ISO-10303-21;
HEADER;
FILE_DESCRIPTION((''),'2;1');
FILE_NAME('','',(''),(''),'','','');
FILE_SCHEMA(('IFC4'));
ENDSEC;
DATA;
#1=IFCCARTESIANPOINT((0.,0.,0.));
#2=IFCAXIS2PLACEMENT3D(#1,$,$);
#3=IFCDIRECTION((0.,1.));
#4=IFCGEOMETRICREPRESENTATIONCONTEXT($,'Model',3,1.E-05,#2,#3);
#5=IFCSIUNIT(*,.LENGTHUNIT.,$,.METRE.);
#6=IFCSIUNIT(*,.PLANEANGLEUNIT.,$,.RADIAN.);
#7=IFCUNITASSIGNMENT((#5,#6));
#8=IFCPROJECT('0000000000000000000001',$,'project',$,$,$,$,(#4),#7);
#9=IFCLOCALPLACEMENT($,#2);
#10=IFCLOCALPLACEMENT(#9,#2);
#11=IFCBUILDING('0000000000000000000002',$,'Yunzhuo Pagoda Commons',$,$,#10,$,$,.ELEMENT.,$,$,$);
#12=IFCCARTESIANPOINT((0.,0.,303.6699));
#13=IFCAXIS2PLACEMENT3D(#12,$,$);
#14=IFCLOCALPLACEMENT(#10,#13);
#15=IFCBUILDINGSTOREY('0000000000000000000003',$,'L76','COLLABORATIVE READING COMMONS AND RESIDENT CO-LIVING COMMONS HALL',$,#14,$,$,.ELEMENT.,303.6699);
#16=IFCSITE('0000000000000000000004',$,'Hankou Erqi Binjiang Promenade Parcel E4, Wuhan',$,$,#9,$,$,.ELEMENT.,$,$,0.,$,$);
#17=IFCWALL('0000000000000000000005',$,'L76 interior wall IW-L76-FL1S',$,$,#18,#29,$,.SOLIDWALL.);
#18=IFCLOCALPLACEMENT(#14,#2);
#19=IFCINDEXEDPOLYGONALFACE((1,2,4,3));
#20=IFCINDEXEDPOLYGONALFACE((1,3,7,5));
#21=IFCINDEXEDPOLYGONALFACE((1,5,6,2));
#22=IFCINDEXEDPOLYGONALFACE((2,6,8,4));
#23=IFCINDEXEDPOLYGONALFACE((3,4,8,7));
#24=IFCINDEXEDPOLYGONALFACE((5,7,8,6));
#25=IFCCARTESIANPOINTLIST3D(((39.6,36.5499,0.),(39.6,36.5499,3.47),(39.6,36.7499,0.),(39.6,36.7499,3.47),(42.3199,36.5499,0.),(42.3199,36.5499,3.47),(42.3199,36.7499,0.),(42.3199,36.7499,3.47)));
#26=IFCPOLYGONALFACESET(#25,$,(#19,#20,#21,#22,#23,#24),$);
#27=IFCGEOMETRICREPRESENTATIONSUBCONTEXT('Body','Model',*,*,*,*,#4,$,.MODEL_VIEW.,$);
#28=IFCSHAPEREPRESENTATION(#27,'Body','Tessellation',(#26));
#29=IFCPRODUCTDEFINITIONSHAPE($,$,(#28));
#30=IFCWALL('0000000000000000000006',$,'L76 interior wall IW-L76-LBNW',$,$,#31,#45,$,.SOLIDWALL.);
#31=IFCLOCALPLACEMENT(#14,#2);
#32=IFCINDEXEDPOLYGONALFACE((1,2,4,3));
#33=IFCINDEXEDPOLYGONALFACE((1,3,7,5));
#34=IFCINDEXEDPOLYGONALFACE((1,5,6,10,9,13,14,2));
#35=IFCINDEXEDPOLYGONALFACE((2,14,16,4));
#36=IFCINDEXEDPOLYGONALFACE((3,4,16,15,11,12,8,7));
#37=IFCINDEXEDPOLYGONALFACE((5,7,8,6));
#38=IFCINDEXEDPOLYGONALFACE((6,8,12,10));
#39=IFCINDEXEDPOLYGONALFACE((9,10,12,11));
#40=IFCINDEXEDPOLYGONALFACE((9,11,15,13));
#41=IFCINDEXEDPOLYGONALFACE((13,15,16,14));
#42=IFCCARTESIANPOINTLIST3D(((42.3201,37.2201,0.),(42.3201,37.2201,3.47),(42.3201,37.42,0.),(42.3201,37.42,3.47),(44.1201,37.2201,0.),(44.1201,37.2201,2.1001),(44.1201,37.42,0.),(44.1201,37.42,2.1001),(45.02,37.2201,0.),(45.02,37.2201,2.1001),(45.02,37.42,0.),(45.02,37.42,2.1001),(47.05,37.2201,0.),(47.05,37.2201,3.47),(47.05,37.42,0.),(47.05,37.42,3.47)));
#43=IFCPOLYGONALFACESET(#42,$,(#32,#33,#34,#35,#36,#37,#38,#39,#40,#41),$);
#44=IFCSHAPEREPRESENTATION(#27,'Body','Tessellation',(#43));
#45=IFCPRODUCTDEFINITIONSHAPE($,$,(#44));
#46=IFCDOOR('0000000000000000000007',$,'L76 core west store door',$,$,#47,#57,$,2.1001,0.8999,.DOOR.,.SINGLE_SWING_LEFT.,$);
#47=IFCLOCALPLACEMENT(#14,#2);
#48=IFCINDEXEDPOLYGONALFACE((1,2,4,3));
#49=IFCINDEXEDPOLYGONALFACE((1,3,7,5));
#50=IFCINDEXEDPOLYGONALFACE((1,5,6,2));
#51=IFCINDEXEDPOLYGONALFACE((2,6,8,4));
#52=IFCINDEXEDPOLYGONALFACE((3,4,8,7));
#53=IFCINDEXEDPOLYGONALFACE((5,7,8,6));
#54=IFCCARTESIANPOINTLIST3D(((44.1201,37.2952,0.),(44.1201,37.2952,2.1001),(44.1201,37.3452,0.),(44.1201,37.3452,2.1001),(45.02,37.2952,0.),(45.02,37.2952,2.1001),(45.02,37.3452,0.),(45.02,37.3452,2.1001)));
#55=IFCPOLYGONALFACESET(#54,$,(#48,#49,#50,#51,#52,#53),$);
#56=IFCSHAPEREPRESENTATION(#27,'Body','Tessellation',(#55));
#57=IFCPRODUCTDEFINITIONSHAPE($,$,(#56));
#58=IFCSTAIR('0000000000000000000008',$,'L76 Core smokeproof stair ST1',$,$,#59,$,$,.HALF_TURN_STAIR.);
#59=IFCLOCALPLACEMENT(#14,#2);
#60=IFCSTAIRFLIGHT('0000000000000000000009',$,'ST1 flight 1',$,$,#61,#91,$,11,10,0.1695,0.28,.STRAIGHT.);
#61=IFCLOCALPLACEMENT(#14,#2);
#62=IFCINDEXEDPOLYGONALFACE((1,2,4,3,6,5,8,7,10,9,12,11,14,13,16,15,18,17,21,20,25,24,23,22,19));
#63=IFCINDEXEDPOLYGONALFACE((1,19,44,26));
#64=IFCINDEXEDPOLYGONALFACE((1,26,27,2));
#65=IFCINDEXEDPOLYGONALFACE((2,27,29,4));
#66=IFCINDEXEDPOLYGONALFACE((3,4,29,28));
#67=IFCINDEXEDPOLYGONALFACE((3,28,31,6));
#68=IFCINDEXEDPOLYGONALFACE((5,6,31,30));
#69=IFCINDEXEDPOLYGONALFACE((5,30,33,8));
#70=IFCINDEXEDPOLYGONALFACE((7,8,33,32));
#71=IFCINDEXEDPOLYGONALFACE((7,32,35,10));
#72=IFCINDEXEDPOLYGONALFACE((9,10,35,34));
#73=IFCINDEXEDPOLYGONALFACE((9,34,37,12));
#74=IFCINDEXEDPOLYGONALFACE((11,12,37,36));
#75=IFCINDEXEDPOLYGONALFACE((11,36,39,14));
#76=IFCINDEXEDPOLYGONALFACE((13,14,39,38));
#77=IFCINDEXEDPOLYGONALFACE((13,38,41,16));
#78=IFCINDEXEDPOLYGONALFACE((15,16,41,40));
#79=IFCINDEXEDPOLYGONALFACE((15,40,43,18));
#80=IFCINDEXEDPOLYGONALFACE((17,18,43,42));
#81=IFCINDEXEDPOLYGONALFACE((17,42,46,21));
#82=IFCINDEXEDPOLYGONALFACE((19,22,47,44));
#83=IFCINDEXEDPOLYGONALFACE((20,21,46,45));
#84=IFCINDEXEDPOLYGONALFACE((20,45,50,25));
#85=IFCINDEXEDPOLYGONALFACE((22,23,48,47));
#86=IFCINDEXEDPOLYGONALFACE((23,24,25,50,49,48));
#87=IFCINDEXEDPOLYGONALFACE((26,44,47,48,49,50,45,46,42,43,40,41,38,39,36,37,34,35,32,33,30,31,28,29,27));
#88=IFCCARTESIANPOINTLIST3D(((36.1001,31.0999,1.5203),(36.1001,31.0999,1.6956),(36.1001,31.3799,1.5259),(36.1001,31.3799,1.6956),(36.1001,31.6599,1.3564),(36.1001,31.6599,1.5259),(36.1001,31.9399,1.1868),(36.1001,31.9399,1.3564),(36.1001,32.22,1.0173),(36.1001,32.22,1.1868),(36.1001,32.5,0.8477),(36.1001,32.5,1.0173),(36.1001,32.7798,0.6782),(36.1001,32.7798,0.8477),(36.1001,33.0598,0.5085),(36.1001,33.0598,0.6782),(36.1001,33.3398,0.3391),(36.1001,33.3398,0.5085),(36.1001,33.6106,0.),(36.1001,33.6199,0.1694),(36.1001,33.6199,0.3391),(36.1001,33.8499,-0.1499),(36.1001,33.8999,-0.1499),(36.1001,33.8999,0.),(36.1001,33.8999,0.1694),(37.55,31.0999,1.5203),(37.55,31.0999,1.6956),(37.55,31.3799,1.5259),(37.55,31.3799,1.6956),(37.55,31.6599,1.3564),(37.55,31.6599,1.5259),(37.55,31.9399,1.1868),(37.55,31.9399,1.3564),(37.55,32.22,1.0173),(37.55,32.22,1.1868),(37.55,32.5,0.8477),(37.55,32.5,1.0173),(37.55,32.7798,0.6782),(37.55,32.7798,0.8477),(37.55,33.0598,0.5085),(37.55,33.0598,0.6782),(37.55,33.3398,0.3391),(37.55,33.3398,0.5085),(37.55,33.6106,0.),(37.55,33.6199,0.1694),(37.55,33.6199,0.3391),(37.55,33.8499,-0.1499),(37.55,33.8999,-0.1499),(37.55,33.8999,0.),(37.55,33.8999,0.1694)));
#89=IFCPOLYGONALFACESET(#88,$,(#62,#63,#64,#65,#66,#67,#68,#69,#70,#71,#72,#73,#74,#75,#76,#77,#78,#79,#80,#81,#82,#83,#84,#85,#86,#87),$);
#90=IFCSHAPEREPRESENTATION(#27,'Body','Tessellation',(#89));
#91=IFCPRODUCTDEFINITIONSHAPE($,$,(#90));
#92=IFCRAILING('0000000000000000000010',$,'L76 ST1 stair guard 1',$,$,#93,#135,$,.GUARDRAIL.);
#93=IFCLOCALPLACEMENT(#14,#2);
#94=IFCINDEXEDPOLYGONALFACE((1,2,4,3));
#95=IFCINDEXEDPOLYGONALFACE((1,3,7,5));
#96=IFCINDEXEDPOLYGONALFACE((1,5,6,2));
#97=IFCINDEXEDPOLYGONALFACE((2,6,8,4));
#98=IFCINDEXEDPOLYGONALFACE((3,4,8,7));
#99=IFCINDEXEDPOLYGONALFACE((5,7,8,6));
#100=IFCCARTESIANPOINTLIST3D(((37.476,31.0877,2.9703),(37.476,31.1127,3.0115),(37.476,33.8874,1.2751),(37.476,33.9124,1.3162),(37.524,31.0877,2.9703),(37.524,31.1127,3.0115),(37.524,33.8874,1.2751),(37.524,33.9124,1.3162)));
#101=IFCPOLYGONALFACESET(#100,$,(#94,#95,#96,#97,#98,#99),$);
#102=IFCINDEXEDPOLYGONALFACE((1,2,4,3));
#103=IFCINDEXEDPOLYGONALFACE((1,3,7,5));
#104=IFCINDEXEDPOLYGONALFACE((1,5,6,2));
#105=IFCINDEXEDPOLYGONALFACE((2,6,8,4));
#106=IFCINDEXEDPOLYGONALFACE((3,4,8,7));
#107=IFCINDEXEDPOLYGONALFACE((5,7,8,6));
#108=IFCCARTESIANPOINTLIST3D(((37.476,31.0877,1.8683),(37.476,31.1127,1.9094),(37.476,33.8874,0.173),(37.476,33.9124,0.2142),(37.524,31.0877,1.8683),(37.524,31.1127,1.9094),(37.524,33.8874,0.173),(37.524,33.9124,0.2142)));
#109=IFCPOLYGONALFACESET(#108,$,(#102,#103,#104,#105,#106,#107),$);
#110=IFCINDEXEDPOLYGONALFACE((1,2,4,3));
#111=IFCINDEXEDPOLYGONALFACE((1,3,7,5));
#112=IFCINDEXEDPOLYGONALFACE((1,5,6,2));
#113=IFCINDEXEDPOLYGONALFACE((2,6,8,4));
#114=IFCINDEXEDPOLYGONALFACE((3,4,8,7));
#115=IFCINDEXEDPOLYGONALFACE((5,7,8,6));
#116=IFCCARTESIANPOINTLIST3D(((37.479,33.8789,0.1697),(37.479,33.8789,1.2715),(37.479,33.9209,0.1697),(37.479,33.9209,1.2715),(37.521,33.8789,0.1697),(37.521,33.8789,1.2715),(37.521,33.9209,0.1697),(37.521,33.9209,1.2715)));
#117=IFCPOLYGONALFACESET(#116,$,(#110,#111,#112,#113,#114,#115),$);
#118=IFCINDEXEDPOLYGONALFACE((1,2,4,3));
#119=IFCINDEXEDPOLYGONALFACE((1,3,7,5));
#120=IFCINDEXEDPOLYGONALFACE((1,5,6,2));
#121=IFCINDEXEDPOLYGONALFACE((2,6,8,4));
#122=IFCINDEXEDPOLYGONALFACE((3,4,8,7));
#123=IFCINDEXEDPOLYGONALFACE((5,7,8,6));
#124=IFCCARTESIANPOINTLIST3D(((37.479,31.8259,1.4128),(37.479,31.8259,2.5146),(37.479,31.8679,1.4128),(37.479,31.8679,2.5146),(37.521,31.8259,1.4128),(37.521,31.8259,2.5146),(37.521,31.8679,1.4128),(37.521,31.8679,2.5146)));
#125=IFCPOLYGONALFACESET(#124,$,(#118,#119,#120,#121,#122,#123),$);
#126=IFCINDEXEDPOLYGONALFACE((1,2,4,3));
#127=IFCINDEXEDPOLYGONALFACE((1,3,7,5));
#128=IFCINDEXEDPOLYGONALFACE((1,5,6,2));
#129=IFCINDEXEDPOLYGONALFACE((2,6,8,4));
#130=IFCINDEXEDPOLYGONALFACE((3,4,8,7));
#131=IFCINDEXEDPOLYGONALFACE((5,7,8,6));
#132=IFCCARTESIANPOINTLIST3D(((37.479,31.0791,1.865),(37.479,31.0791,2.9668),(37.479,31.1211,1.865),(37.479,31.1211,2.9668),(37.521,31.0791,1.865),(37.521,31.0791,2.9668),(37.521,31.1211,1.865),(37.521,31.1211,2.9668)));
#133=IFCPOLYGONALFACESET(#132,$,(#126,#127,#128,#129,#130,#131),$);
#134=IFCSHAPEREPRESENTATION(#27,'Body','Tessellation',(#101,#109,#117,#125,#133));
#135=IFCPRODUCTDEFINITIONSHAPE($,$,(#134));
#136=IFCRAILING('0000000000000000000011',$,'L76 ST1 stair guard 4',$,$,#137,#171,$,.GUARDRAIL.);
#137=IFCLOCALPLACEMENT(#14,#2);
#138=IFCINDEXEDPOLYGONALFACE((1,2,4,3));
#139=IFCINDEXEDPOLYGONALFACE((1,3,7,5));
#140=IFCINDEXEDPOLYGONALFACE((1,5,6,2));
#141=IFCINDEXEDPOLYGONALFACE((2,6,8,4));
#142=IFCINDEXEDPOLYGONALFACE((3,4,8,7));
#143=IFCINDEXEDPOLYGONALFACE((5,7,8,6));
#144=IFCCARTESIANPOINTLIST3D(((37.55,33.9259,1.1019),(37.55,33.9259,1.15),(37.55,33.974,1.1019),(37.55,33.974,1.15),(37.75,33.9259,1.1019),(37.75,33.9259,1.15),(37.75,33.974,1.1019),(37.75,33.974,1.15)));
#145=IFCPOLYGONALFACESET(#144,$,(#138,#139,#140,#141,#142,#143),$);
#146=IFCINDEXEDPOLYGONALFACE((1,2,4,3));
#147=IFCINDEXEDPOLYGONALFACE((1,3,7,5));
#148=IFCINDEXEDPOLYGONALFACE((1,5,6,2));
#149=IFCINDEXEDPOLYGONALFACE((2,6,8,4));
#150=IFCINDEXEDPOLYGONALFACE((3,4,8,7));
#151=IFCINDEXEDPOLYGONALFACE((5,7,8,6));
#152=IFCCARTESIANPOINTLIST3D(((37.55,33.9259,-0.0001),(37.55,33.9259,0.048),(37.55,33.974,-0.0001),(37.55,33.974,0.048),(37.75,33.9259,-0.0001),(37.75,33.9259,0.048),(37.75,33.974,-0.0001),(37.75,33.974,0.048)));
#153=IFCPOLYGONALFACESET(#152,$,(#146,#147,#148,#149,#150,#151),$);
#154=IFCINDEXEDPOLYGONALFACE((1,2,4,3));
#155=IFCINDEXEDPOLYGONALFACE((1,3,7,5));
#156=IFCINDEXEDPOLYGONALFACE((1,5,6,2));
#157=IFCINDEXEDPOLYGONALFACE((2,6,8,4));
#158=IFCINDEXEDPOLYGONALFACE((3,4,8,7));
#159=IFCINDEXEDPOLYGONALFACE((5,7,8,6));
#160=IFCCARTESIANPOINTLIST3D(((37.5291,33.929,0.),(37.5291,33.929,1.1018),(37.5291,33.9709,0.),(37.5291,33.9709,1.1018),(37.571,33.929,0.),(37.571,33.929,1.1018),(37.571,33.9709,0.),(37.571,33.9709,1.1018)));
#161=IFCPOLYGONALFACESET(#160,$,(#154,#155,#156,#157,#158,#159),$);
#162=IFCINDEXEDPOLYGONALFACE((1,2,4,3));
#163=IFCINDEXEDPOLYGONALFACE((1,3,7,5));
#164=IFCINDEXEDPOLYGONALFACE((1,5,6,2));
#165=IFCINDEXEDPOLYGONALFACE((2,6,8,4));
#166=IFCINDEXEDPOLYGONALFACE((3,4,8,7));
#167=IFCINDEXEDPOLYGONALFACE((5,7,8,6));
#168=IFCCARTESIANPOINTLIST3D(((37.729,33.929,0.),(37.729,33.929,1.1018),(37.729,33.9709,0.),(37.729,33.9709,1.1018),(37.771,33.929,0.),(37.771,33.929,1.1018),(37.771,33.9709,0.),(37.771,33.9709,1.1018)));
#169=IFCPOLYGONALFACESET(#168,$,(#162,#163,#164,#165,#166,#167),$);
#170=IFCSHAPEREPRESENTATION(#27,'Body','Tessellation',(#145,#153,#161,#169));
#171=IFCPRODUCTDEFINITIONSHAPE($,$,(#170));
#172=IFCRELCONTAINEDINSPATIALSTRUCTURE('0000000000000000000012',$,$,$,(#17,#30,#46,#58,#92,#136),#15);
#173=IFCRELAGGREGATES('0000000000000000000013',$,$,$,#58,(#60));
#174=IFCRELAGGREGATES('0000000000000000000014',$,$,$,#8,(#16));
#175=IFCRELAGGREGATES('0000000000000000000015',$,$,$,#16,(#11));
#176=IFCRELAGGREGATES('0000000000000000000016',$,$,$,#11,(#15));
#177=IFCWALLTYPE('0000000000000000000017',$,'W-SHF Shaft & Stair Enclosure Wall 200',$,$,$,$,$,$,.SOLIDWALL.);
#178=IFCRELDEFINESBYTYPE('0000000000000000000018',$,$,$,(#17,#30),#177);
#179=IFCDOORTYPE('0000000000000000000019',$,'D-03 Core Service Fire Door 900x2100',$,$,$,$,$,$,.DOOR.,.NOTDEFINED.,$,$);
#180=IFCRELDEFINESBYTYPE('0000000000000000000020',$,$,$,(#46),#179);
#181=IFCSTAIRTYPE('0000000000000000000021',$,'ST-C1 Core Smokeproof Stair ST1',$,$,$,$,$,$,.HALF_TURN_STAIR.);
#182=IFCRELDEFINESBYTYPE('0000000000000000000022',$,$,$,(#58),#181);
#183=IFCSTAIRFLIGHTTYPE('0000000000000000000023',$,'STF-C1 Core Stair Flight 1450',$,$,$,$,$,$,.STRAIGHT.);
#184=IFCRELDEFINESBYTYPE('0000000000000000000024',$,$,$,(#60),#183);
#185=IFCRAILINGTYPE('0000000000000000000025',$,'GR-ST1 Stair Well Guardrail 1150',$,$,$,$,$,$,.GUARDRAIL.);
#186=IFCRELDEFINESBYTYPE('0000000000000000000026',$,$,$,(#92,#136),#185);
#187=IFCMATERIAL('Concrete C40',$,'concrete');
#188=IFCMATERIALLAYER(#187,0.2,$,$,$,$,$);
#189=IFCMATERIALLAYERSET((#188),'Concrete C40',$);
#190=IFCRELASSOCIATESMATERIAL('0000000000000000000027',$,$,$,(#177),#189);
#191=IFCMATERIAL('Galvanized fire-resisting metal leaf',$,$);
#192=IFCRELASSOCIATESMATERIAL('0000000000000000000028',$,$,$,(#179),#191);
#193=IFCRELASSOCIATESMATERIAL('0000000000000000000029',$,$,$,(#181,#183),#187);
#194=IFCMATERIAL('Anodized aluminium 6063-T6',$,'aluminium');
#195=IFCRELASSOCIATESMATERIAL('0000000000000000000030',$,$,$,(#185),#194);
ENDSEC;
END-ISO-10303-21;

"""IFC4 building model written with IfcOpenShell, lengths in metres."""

from ifc_helpers import new_model, si_unit, direction, frame, frame_2d, origin, origin_2d, place, context, subcontext, project, spatial, polyline, rectangle, outline, extrude, source, transform, mapped, material, layer, layer_set, type_object, element, fill, aggregate, save


model = new_model("IFC4")

# Units and contexts
model_context = context("Model", 3, precision=1e-05, world=origin(), true_north=direction((0.0, 1.0)))
body_context = subcontext(model_context, "Body", "Model", "MODEL_VIEW")
ifc_project = project(units=[si_unit("LENGTHUNIT", "METRE"), si_unit("PLANEANGLEUNIT", "RADIAN")], contexts=[model_context])

# Site, building, storey
site_placement = place(None, origin())
site = spatial("IfcSite", under=ifc_project, at=site_placement, Name="Hankou Erqi Binjiang Promenade Parcel E4, Wuhan", CompositionType="ELEMENT", RefElevation=0.0)
building_placement = place(site_placement, origin())
building = spatial("IfcBuilding", under=site, at=building_placement, Name="Yunzhuo Pagoda Commons", CompositionType="ELEMENT")
storey_placement = place(building_placement, frame((0.0, 0.0, 303.6699)))
storey = spatial("IfcBuildingStorey", under=building, at=storey_placement, Name="L76", Description="COLLABORATIVE READING COMMONS AND RESIDENT CO-LIVING COMMONS HALL", CompositionType="ELEMENT", Elevation=303.6699)

# Shared definitions
ifc_material_1 = material(Name="Galvanized fire-resisting metal leaf")

# Wall
ifc_material_2 = material(Name="Concrete C40", Category="concrete")
ifc_layer_1 = layer(ifc_material_2, 0.2)
ifc_layer_set_1 = layer_set([ifc_layer_1], Name="Concrete C40")
wall_type_1 = type_object("IfcWallType", Name="W-SHF Shaft & Stair Enclosure Wall 200", PredefinedType="SOLIDWALL", material=ifc_layer_set_1)
wall_1_placement = place(storey_placement, frame((39.6001, 36.6499, 0.0), z_axis=(0.0, 0.0, 1.0), x_axis=(1.0, 0.0, 0.0)))
element("IfcWall", 1, at=wall_1_placement, inside=storey, type_object=wall_type_1, Name="L76 interior wall IW-L76-FL1S", PredefinedType="SOLIDWALL", context=body_context, shape_type="SweptSolid", body=[
    extrude(rectangle(XDim=2.72, YDim=0.2, at=frame_2d((1.3599, 0.0))), origin(), (0.0, 0.0, 1.0), 3.47),
])

# Wall, opening, door
wall_2_placement = place(storey_placement, frame((42.3201, 37.3201, 0.0), z_axis=(0.0, 0.0, 1.0), x_axis=(1.0, 0.0, 0.0)))
wall_2 = element("IfcWall", 2, at=wall_2_placement, inside=storey, type_object=wall_type_1, Name="L76 interior wall IW-L76-LBNW", PredefinedType="SOLIDWALL", context=body_context, shape_type="SweptSolid", body=[
    extrude(rectangle(XDim=4.73, YDim=0.2, at=frame_2d((2.365, 0.0))), origin(), (0.0, 0.0, 1.0), 3.47),
])
opening_1_placement = place(wall_2_placement, frame((1.8, 0.0, 0.0)))
opening_1 = element("IfcOpeningElement", 3, at=opening_1_placement, cuts=wall_2, PredefinedType="OPENING", context=body_context, shape_type="SweptSolid", body=[
    extrude(rectangle(XDim=0.8999, YDim=2.1001, at=frame_2d((0.45, 1.05))), frame((0.0, 0.1099, 0.0), z_axis=(0.0, -1.0, 0.0), x_axis=(1.0, 0.0, 0.0)), (0.0, 0.0, 1.0), 0.22),
])
door_type_1 = type_object("IfcDoorType", Name="D-03 Core Service Fire Door 900x2100", OperationType="NOTDEFINED", PredefinedType="DOOR", material=ifc_material_1)
shared_shape_1 = source(origin(), body_context, "Body", "SweptSolid", [
    extrude(rectangle(XDim=0.8999, YDim=2.1001, at=frame_2d((0.45, 1.05))), frame((0.0, 0.0249, 0.0), z_axis=(0.0, -1.0, 0.0), x_axis=(1.0, 0.0, 0.0)), (0.0, 0.0, 1.0), 0.05),
])
door_1_placement = place(opening_1_placement, frame((0.8999, 0.0, 0.0), z_axis=(0.0, 0.0, 1.0), x_axis=(-1.0, 0.0, 0.0)))
door_1 = element("IfcDoor", 4, at=door_1_placement, inside=storey, type_object=door_type_1, Name="L76 core west store door", OperationType="SINGLE_SWING_LEFT", OverallHeight=2.1001, OverallWidth=0.8999, PredefinedType="DOOR", context=body_context, shape_type="MappedRepresentation", body=[
    mapped(shared_shape_1, transform((0.0, 0.0, 0.0), scale=1.0)),
])
fill(opening_1, door_1)

# Stair, stair flight
stair_type = type_object("IfcStairType", Name="ST-C1 Core Smokeproof Stair ST1", PredefinedType="HALF_TURN_STAIR", material=ifc_material_2)
stair_placement = place(storey_placement, origin())
stair = element("IfcStair", 5, at=stair_placement, inside=storey, type_object=stair_type, Name="L76 Core smokeproof stair ST1", PredefinedType="HALF_TURN_STAIR")
stair_flight_type = type_object("IfcStairFlightType", Name="STF-C1 Core Stair Flight 1450", PredefinedType="STRAIGHT", material=ifc_material_2)
shared_shape_2 = source(origin(), body_context, "Body", "SweptSolid", [
    extrude(outline(polyline([(0.0, -0.1499), (0.0, 0.0), (0.0, 0.1694), (0.28, 0.1694), (0.28, 0.3391), (0.5601, 0.3391), (0.5601, 0.5085), (0.8401, 0.5085), (0.8401, 0.6782), (1.1201, 0.6782), (1.1201, 0.8477), (1.3999, 0.8477), (1.3999, 1.0173), (1.6799, 1.0173), (1.6799, 1.1868), (1.96, 1.1868), (1.96, 1.3564), (2.24, 1.3564), (2.24, 1.5259), (2.52, 1.5259), (2.52, 1.6956), (2.8, 1.6956), (2.8, 1.865), (2.8, 1.5203), (0.2893, 0.0), (0.05, -0.1499), (0.0, -0.1499)])), frame((0.0, 0.7251, 0.0), z_axis=(0.0, -1.0, 0.0), x_axis=(1.0, 0.0, 0.0)), (0.0, 0.0, 1.0), 1.45),
])
stair_flight_placement = place(storey_placement, frame((36.825, 33.8999, 0.0), z_axis=(0.0, 0.0, 1.0), x_axis=(0.0, -1.0, 0.0)))
stair_flight = element("IfcStairFlight", 6, at=stair_flight_placement, type_object=stair_flight_type, Name="ST1 flight 1", NumberOfRisers=11, NumberOfTreads=10, PredefinedType="STRAIGHT", RiserHeight=0.1695, TreadLength=0.28, context=body_context, shape_type="MappedRepresentation", body=[
    mapped(shared_shape_2, transform((0.0, 0.0, 0.0), scale=1.0)),
])
aggregate(stair, [stair_flight])

# Railings
ifc_material_3 = material(Name="Anodized aluminium 6063-T6", Category="aluminium")
railing_type = type_object("IfcRailingType", Name="GR-ST1 Stair Well Guardrail 1150", PredefinedType="GUARDRAIL", material=ifc_material_3)
railing_1_placement = place(storey_placement, frame((37.5, 33.8999, 0.1697)))
element("IfcRailing", 7, at=railing_1_placement, inside=storey, type_object=railing_type, Name="L76 ST1 stair guard 1", PredefinedType="GUARDRAIL", context=body_context, shape_type="SweptSolid", body=[
    extrude(rectangle(XDim=0.0481, YDim=0.0481, at=origin_2d()), frame((0.0, 0.0, 1.126), z_axis=(0.0, -0.855406, 0.517958), x_axis=(1.0, 0.0, 0.0)), (0.0, 0.0, 1.0), 3.2729),
    extrude(rectangle(XDim=0.0481, YDim=0.0481, at=origin_2d()), frame((0.0, 0.0, 0.0239), z_axis=(0.0, -0.855406, 0.517958), x_axis=(1.0, 0.0, 0.0)), (0.0, 0.0, 1.0), 3.2729),
    extrude(rectangle(XDim=0.042, YDim=0.042, at=origin_2d()), origin(), (0.0, 0.0, 1.0), 1.1018),
    extrude(rectangle(XDim=0.042, YDim=0.042, at=origin_2d()), frame((0.0, -2.053, 1.2432)), (0.0, 0.0, 1.0), 1.1018),
    extrude(rectangle(XDim=0.042, YDim=0.042, at=origin_2d()), frame((0.0, -2.7998, 1.6953)), (0.0, 0.0, 1.0), 1.1018),
])
railing_2_placement = place(storey_placement, frame((37.55, 33.95, 0.0)))
element("IfcRailing", 8, at=railing_2_placement, inside=storey, type_object=railing_type, Name="L76 ST1 stair guard 4", PredefinedType="GUARDRAIL", context=body_context, shape_type="SweptSolid", body=[
    extrude(rectangle(XDim=0.0481, YDim=0.0481, at=origin_2d()), frame((0.0, 0.0, 1.126), z_axis=(1.0, 0.0, 0.0), x_axis=(0.0, 1.0, 0.0)), (0.0, 0.0, 1.0), 0.2),
    extrude(rectangle(XDim=0.0481, YDim=0.0481, at=origin_2d()), frame((0.0, 0.0, 0.0239), z_axis=(1.0, 0.0, 0.0), x_axis=(0.0, 1.0, 0.0)), (0.0, 0.0, 1.0), 0.2),
    extrude(rectangle(XDim=0.042, YDim=0.042, at=origin_2d()), origin(), (0.0, 0.0, 1.0), 1.1018),
    extrude(rectangle(XDim=0.042, YDim=0.042, at=origin_2d()), frame((0.2, 0.0, 0.0)), (0.0, 0.0, 1.0), 1.1018),
])

save(model, "model.ifc")
